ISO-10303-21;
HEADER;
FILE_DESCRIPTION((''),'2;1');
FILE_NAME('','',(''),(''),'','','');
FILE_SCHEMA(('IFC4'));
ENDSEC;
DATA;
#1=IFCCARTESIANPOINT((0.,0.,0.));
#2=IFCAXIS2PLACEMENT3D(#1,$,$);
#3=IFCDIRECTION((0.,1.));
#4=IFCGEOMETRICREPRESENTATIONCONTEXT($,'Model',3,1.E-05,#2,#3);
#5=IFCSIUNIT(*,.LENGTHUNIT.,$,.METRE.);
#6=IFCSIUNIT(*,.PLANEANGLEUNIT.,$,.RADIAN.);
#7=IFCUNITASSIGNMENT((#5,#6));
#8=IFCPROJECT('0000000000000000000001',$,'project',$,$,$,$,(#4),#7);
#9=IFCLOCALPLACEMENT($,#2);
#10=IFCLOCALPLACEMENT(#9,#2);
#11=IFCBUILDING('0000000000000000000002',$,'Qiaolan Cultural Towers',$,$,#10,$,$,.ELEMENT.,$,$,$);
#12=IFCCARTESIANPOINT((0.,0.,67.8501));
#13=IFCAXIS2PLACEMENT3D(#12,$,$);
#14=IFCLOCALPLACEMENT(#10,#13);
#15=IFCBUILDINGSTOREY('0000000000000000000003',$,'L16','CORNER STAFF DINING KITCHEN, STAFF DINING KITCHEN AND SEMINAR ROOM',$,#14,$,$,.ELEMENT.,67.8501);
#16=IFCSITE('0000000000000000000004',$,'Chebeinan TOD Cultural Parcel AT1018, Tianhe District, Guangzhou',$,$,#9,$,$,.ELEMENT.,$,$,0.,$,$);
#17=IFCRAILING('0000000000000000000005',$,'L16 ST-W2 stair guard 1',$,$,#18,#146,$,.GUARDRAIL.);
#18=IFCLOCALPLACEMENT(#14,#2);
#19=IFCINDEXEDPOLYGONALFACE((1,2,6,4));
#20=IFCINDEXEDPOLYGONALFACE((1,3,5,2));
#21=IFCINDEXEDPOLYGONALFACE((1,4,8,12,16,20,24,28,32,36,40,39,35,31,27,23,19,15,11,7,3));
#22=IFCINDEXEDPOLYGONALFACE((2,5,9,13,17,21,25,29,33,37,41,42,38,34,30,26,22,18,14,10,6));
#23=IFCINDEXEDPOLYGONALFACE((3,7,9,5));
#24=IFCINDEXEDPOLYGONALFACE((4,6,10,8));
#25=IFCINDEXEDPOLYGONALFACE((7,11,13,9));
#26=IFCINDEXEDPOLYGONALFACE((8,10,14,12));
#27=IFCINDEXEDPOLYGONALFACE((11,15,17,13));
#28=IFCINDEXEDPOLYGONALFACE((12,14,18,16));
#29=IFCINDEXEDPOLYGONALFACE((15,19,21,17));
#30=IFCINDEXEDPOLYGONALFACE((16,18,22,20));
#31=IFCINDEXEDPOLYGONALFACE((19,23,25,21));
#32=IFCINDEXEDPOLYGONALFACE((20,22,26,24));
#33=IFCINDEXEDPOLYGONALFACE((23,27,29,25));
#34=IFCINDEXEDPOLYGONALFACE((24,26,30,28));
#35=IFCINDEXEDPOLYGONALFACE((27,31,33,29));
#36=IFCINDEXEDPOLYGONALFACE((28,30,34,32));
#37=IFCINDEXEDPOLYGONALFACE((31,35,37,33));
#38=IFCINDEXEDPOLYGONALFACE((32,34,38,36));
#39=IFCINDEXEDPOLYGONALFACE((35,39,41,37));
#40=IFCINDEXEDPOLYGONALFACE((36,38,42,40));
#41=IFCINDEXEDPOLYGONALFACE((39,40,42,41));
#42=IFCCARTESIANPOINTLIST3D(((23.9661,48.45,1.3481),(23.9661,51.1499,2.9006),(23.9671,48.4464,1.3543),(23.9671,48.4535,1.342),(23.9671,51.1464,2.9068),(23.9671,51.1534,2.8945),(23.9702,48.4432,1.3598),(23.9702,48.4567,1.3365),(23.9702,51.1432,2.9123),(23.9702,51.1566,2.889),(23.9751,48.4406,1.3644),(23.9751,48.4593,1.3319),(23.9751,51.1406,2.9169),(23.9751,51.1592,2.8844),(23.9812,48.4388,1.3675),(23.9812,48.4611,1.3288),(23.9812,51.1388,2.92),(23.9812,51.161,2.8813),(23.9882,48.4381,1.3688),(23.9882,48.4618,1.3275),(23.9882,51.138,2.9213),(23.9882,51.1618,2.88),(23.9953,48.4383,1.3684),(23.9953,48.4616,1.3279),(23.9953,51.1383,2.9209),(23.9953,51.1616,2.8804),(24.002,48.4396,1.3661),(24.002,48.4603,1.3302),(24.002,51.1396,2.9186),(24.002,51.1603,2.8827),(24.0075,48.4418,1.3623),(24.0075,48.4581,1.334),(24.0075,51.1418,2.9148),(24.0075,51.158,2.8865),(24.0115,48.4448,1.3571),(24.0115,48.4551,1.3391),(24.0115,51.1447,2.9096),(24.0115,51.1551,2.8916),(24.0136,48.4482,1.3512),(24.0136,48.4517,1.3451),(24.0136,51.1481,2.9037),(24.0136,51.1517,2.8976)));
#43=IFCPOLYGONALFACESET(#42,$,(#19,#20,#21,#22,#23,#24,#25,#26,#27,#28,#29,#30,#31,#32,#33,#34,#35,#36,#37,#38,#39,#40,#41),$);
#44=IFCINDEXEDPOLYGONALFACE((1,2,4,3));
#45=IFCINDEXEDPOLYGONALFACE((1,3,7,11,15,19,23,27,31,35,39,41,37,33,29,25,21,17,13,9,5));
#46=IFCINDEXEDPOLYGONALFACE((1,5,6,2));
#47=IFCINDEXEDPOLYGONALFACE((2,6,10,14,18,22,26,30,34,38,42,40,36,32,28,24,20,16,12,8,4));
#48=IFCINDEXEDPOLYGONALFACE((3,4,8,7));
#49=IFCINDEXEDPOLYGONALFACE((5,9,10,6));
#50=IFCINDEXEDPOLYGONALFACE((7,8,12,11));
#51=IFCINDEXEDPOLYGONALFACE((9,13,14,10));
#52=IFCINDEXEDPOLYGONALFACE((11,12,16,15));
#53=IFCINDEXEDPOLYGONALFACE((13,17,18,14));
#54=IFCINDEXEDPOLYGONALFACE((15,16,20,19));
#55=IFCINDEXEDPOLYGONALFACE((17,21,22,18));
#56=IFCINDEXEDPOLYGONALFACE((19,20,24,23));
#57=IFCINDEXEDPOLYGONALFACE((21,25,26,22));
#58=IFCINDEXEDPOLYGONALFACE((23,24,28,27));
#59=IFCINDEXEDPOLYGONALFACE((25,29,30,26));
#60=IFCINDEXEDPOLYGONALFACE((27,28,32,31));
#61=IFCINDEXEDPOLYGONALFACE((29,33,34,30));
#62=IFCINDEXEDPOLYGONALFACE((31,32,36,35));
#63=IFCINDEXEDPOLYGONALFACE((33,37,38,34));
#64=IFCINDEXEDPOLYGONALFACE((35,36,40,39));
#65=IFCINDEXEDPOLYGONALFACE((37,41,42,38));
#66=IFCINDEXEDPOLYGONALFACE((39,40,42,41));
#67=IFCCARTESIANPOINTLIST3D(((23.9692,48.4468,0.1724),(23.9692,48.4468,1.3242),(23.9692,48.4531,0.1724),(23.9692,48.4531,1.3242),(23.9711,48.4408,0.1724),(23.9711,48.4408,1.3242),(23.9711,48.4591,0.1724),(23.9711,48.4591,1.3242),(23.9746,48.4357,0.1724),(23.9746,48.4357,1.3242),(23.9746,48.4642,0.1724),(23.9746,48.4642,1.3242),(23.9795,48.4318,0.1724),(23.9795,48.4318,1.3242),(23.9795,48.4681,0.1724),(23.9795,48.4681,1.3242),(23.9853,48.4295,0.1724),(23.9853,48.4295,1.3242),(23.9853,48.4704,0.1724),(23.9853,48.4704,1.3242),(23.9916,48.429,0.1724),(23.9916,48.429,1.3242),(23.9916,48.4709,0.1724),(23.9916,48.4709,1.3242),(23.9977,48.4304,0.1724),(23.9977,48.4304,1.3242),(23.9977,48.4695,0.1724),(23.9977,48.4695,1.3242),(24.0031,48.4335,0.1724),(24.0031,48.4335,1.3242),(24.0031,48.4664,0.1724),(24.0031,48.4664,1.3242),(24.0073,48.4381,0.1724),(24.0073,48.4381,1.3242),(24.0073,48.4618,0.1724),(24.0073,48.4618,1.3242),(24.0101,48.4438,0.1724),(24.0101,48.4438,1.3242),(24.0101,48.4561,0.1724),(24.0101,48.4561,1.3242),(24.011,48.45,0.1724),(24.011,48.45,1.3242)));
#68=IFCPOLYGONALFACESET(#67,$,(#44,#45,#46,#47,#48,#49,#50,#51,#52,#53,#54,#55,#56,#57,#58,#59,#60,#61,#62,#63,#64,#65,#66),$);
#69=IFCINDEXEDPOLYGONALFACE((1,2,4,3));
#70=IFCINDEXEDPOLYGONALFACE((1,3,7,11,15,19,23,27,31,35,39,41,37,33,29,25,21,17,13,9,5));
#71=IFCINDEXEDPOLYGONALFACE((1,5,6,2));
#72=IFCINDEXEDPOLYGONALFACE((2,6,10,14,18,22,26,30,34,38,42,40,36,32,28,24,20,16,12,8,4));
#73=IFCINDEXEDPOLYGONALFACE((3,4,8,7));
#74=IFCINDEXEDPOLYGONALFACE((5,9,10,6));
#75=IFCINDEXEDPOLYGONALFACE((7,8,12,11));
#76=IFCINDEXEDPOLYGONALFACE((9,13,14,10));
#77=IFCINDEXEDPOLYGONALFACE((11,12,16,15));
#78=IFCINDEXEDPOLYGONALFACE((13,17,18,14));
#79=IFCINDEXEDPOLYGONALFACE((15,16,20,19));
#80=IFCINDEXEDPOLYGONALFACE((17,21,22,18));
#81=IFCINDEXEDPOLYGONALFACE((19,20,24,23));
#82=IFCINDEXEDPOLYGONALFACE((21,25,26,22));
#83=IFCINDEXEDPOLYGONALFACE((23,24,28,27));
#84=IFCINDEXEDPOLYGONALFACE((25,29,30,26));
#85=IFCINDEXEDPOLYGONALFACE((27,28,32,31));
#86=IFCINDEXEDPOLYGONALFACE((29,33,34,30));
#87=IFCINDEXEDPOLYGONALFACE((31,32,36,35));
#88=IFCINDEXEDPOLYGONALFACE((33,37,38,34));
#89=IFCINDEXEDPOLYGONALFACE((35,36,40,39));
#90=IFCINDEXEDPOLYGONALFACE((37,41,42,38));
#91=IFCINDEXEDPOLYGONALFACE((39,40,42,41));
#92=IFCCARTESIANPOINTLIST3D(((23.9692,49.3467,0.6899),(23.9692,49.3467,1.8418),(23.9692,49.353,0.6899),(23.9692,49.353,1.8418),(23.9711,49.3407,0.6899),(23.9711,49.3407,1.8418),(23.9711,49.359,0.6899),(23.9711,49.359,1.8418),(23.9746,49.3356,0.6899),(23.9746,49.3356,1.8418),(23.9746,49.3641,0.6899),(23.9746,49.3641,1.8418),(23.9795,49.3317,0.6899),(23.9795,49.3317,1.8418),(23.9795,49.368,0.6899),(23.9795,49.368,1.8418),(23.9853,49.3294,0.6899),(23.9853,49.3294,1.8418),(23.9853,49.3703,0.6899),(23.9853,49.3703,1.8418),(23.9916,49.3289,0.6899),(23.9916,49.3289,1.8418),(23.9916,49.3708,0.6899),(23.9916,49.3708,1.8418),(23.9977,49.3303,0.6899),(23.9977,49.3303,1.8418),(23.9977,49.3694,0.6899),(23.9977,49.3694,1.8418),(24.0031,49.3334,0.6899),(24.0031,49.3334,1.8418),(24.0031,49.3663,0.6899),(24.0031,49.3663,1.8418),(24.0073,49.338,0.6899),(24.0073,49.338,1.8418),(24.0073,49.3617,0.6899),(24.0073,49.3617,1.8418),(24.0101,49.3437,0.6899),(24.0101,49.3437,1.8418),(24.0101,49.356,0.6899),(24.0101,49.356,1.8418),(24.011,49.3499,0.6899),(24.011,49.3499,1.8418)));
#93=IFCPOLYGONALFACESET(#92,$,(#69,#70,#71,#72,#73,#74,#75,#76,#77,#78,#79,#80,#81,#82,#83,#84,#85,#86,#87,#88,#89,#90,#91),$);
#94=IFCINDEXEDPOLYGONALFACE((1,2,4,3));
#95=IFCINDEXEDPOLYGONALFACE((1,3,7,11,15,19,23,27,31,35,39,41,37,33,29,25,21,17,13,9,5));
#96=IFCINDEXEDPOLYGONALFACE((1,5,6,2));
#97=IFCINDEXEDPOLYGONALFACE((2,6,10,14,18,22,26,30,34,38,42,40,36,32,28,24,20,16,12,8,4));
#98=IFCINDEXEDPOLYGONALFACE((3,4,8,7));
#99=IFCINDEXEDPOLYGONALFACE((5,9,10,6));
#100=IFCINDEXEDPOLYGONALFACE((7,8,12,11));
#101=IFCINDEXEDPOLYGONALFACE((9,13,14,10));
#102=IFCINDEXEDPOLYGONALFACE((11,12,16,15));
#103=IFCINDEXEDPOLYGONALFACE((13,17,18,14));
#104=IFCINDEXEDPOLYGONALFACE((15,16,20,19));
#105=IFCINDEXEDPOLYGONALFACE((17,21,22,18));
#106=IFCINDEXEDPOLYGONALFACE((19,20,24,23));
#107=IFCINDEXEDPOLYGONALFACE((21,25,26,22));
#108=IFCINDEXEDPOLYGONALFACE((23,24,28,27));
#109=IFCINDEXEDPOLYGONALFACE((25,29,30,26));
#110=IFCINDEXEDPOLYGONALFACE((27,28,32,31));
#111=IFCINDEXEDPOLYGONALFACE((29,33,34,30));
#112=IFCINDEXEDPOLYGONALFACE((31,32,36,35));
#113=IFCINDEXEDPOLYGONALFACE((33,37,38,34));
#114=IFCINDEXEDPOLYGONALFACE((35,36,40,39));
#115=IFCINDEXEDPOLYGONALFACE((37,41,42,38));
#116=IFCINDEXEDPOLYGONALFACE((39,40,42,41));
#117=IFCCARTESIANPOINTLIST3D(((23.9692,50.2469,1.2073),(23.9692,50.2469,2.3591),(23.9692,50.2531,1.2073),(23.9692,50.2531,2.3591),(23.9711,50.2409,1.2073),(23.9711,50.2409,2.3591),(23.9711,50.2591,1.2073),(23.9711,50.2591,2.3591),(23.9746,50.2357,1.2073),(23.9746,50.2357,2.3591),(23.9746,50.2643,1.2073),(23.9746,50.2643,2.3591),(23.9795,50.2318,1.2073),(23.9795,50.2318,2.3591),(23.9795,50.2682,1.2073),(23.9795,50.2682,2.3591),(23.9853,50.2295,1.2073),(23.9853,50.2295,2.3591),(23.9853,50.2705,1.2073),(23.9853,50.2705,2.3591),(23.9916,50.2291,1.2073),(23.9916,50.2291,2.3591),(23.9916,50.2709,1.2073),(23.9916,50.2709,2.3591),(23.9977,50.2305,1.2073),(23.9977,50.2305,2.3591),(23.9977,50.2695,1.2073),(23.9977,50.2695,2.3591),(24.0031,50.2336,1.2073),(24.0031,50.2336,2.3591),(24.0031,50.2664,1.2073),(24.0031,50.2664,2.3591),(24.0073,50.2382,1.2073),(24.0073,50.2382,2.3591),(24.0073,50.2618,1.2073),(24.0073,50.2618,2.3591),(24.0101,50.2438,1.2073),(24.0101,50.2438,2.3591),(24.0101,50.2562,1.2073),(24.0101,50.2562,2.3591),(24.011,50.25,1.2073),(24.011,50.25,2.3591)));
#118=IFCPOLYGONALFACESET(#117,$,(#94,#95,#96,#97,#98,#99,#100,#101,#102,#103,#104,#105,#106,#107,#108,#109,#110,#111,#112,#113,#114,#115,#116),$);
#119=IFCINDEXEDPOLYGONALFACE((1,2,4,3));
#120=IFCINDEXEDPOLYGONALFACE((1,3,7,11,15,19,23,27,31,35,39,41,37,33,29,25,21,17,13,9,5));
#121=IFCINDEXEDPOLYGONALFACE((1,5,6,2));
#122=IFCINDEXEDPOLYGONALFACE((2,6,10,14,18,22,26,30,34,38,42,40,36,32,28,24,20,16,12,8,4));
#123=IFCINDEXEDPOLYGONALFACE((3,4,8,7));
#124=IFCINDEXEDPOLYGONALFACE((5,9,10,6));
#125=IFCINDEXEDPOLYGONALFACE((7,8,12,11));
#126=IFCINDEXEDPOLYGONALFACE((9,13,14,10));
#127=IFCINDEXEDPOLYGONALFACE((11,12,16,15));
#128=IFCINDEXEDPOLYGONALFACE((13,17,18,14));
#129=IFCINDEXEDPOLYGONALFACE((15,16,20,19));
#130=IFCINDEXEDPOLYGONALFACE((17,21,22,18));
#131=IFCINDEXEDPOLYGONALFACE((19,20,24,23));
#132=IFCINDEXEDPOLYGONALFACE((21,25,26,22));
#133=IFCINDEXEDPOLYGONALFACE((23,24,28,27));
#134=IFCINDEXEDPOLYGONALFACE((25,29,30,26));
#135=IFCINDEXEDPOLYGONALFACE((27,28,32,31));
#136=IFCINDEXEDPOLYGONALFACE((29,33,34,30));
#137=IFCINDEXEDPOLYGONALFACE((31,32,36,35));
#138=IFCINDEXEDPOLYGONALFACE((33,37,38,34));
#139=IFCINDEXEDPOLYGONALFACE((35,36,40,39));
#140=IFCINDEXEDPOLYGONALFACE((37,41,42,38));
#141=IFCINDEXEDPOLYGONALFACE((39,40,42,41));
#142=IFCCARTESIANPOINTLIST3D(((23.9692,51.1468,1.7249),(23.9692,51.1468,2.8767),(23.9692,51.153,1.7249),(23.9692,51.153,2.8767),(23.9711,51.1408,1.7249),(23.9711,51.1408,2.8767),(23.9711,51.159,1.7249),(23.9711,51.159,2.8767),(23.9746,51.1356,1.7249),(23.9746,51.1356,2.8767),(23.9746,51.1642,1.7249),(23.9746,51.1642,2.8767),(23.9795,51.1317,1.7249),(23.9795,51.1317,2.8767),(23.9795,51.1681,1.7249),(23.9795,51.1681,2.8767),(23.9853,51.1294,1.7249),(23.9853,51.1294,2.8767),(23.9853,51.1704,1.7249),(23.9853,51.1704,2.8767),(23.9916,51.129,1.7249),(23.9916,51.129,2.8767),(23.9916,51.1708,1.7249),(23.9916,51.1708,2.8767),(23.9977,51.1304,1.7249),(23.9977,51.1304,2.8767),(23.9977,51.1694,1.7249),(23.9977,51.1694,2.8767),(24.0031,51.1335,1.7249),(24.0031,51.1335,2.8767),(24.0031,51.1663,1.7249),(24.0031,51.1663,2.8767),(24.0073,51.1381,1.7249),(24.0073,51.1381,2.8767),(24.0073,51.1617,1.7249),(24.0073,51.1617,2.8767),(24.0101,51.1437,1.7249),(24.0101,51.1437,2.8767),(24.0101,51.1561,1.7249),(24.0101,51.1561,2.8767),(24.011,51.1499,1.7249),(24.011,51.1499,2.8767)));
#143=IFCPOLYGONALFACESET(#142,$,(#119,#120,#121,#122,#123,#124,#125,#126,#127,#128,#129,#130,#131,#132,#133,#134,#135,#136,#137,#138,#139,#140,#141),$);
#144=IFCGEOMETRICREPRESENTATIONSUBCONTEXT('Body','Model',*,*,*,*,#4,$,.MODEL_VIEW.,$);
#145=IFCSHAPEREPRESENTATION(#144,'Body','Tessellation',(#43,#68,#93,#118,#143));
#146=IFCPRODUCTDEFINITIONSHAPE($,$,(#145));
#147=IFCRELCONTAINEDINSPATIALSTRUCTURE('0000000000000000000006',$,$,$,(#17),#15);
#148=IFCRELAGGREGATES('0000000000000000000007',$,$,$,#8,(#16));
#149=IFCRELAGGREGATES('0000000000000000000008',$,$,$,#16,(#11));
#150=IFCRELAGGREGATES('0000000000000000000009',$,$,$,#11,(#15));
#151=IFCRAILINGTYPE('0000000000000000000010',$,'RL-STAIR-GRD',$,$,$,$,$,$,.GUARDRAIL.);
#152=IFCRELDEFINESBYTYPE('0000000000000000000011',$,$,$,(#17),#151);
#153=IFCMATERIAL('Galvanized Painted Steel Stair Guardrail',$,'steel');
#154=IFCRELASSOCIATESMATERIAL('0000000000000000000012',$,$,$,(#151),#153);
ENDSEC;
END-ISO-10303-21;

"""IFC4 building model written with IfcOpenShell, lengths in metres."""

from ifc_helpers import new_model, si_unit, direction, frame, origin, origin_2d, place, context, subcontext, project, spatial, circle, extrude, material, type_object, element, save


model = new_model("IFC4")

# Units and contexts
model_context = context("Model", 3, precision=1e-05, world=origin(), true_north=direction((0.0, 1.0)))
body_context = subcontext(model_context, "Body", "Model", "MODEL_VIEW")
ifc_project = project(units=[si_unit("LENGTHUNIT", "METRE"), si_unit("PLANEANGLEUNIT", "RADIAN")], contexts=[model_context])

# Site, building, storey
site_placement = place(None, origin())
site = spatial("IfcSite", under=ifc_project, at=site_placement, Name="Chebeinan TOD Cultural Parcel AT1018, Tianhe District, Guangzhou", CompositionType="ELEMENT", RefElevation=0.0)
building_placement = place(site_placement, origin())
building = spatial("IfcBuilding", under=site, at=building_placement, Name="Qiaolan Cultural Towers", CompositionType="ELEMENT")
storey_placement = place(building_placement, frame((0.0, 0.0, 67.8501)))
storey = spatial("IfcBuildingStorey", under=building, at=storey_placement, Name="L16", Description="CORNER STAFF DINING KITCHEN, STAFF DINING KITCHEN AND SEMINAR ROOM", CompositionType="ELEMENT", Elevation=67.8501)

# Railing
ifc_material_1 = material(Name="Galvanized Painted Steel Stair Guardrail", Category="steel")
railing_type_1 = type_object("IfcRailingType", Name="RL-STAIR-GRD", PredefinedType="GUARDRAIL", material=ifc_material_1)
railing_1_placement = place(storey_placement, frame((23.99, 48.45, 0.1724)))
element("IfcRailing", 1, at=railing_1_placement, inside=storey, type_object=railing_type_1, Name="L16 ST-W2 stair guard 1", PredefinedType="GUARDRAIL", context=body_context, shape_type="SweptSolid", body=[
    extrude(circle(Radius=0.0239, at=origin_2d()), frame((0.0, 0.0, 1.1758), z_axis=(0.0, 0.866904, 0.498476), x_axis=(-1.0, 0.0, 0.0)), (0.0, 0.0, 1.0), 3.1145),
    extrude(circle(Radius=0.021, at=origin_2d()), origin(), (0.0, 0.0, 1.0), 1.1519),
    extrude(circle(Radius=0.021, at=origin_2d()), frame((0.0, 0.8999, 0.5176)), (0.0, 0.0, 1.0), 1.1519),
    extrude(circle(Radius=0.021, at=origin_2d()), frame((0.0, 1.8, 1.0349)), (0.0, 0.0, 1.0), 1.1519),
    extrude(circle(Radius=0.021, at=origin_2d()), frame((0.0, 2.7, 1.5525)), (0.0, 0.0, 1.0), 1.1519),
])

save(model, "model.ifc")
